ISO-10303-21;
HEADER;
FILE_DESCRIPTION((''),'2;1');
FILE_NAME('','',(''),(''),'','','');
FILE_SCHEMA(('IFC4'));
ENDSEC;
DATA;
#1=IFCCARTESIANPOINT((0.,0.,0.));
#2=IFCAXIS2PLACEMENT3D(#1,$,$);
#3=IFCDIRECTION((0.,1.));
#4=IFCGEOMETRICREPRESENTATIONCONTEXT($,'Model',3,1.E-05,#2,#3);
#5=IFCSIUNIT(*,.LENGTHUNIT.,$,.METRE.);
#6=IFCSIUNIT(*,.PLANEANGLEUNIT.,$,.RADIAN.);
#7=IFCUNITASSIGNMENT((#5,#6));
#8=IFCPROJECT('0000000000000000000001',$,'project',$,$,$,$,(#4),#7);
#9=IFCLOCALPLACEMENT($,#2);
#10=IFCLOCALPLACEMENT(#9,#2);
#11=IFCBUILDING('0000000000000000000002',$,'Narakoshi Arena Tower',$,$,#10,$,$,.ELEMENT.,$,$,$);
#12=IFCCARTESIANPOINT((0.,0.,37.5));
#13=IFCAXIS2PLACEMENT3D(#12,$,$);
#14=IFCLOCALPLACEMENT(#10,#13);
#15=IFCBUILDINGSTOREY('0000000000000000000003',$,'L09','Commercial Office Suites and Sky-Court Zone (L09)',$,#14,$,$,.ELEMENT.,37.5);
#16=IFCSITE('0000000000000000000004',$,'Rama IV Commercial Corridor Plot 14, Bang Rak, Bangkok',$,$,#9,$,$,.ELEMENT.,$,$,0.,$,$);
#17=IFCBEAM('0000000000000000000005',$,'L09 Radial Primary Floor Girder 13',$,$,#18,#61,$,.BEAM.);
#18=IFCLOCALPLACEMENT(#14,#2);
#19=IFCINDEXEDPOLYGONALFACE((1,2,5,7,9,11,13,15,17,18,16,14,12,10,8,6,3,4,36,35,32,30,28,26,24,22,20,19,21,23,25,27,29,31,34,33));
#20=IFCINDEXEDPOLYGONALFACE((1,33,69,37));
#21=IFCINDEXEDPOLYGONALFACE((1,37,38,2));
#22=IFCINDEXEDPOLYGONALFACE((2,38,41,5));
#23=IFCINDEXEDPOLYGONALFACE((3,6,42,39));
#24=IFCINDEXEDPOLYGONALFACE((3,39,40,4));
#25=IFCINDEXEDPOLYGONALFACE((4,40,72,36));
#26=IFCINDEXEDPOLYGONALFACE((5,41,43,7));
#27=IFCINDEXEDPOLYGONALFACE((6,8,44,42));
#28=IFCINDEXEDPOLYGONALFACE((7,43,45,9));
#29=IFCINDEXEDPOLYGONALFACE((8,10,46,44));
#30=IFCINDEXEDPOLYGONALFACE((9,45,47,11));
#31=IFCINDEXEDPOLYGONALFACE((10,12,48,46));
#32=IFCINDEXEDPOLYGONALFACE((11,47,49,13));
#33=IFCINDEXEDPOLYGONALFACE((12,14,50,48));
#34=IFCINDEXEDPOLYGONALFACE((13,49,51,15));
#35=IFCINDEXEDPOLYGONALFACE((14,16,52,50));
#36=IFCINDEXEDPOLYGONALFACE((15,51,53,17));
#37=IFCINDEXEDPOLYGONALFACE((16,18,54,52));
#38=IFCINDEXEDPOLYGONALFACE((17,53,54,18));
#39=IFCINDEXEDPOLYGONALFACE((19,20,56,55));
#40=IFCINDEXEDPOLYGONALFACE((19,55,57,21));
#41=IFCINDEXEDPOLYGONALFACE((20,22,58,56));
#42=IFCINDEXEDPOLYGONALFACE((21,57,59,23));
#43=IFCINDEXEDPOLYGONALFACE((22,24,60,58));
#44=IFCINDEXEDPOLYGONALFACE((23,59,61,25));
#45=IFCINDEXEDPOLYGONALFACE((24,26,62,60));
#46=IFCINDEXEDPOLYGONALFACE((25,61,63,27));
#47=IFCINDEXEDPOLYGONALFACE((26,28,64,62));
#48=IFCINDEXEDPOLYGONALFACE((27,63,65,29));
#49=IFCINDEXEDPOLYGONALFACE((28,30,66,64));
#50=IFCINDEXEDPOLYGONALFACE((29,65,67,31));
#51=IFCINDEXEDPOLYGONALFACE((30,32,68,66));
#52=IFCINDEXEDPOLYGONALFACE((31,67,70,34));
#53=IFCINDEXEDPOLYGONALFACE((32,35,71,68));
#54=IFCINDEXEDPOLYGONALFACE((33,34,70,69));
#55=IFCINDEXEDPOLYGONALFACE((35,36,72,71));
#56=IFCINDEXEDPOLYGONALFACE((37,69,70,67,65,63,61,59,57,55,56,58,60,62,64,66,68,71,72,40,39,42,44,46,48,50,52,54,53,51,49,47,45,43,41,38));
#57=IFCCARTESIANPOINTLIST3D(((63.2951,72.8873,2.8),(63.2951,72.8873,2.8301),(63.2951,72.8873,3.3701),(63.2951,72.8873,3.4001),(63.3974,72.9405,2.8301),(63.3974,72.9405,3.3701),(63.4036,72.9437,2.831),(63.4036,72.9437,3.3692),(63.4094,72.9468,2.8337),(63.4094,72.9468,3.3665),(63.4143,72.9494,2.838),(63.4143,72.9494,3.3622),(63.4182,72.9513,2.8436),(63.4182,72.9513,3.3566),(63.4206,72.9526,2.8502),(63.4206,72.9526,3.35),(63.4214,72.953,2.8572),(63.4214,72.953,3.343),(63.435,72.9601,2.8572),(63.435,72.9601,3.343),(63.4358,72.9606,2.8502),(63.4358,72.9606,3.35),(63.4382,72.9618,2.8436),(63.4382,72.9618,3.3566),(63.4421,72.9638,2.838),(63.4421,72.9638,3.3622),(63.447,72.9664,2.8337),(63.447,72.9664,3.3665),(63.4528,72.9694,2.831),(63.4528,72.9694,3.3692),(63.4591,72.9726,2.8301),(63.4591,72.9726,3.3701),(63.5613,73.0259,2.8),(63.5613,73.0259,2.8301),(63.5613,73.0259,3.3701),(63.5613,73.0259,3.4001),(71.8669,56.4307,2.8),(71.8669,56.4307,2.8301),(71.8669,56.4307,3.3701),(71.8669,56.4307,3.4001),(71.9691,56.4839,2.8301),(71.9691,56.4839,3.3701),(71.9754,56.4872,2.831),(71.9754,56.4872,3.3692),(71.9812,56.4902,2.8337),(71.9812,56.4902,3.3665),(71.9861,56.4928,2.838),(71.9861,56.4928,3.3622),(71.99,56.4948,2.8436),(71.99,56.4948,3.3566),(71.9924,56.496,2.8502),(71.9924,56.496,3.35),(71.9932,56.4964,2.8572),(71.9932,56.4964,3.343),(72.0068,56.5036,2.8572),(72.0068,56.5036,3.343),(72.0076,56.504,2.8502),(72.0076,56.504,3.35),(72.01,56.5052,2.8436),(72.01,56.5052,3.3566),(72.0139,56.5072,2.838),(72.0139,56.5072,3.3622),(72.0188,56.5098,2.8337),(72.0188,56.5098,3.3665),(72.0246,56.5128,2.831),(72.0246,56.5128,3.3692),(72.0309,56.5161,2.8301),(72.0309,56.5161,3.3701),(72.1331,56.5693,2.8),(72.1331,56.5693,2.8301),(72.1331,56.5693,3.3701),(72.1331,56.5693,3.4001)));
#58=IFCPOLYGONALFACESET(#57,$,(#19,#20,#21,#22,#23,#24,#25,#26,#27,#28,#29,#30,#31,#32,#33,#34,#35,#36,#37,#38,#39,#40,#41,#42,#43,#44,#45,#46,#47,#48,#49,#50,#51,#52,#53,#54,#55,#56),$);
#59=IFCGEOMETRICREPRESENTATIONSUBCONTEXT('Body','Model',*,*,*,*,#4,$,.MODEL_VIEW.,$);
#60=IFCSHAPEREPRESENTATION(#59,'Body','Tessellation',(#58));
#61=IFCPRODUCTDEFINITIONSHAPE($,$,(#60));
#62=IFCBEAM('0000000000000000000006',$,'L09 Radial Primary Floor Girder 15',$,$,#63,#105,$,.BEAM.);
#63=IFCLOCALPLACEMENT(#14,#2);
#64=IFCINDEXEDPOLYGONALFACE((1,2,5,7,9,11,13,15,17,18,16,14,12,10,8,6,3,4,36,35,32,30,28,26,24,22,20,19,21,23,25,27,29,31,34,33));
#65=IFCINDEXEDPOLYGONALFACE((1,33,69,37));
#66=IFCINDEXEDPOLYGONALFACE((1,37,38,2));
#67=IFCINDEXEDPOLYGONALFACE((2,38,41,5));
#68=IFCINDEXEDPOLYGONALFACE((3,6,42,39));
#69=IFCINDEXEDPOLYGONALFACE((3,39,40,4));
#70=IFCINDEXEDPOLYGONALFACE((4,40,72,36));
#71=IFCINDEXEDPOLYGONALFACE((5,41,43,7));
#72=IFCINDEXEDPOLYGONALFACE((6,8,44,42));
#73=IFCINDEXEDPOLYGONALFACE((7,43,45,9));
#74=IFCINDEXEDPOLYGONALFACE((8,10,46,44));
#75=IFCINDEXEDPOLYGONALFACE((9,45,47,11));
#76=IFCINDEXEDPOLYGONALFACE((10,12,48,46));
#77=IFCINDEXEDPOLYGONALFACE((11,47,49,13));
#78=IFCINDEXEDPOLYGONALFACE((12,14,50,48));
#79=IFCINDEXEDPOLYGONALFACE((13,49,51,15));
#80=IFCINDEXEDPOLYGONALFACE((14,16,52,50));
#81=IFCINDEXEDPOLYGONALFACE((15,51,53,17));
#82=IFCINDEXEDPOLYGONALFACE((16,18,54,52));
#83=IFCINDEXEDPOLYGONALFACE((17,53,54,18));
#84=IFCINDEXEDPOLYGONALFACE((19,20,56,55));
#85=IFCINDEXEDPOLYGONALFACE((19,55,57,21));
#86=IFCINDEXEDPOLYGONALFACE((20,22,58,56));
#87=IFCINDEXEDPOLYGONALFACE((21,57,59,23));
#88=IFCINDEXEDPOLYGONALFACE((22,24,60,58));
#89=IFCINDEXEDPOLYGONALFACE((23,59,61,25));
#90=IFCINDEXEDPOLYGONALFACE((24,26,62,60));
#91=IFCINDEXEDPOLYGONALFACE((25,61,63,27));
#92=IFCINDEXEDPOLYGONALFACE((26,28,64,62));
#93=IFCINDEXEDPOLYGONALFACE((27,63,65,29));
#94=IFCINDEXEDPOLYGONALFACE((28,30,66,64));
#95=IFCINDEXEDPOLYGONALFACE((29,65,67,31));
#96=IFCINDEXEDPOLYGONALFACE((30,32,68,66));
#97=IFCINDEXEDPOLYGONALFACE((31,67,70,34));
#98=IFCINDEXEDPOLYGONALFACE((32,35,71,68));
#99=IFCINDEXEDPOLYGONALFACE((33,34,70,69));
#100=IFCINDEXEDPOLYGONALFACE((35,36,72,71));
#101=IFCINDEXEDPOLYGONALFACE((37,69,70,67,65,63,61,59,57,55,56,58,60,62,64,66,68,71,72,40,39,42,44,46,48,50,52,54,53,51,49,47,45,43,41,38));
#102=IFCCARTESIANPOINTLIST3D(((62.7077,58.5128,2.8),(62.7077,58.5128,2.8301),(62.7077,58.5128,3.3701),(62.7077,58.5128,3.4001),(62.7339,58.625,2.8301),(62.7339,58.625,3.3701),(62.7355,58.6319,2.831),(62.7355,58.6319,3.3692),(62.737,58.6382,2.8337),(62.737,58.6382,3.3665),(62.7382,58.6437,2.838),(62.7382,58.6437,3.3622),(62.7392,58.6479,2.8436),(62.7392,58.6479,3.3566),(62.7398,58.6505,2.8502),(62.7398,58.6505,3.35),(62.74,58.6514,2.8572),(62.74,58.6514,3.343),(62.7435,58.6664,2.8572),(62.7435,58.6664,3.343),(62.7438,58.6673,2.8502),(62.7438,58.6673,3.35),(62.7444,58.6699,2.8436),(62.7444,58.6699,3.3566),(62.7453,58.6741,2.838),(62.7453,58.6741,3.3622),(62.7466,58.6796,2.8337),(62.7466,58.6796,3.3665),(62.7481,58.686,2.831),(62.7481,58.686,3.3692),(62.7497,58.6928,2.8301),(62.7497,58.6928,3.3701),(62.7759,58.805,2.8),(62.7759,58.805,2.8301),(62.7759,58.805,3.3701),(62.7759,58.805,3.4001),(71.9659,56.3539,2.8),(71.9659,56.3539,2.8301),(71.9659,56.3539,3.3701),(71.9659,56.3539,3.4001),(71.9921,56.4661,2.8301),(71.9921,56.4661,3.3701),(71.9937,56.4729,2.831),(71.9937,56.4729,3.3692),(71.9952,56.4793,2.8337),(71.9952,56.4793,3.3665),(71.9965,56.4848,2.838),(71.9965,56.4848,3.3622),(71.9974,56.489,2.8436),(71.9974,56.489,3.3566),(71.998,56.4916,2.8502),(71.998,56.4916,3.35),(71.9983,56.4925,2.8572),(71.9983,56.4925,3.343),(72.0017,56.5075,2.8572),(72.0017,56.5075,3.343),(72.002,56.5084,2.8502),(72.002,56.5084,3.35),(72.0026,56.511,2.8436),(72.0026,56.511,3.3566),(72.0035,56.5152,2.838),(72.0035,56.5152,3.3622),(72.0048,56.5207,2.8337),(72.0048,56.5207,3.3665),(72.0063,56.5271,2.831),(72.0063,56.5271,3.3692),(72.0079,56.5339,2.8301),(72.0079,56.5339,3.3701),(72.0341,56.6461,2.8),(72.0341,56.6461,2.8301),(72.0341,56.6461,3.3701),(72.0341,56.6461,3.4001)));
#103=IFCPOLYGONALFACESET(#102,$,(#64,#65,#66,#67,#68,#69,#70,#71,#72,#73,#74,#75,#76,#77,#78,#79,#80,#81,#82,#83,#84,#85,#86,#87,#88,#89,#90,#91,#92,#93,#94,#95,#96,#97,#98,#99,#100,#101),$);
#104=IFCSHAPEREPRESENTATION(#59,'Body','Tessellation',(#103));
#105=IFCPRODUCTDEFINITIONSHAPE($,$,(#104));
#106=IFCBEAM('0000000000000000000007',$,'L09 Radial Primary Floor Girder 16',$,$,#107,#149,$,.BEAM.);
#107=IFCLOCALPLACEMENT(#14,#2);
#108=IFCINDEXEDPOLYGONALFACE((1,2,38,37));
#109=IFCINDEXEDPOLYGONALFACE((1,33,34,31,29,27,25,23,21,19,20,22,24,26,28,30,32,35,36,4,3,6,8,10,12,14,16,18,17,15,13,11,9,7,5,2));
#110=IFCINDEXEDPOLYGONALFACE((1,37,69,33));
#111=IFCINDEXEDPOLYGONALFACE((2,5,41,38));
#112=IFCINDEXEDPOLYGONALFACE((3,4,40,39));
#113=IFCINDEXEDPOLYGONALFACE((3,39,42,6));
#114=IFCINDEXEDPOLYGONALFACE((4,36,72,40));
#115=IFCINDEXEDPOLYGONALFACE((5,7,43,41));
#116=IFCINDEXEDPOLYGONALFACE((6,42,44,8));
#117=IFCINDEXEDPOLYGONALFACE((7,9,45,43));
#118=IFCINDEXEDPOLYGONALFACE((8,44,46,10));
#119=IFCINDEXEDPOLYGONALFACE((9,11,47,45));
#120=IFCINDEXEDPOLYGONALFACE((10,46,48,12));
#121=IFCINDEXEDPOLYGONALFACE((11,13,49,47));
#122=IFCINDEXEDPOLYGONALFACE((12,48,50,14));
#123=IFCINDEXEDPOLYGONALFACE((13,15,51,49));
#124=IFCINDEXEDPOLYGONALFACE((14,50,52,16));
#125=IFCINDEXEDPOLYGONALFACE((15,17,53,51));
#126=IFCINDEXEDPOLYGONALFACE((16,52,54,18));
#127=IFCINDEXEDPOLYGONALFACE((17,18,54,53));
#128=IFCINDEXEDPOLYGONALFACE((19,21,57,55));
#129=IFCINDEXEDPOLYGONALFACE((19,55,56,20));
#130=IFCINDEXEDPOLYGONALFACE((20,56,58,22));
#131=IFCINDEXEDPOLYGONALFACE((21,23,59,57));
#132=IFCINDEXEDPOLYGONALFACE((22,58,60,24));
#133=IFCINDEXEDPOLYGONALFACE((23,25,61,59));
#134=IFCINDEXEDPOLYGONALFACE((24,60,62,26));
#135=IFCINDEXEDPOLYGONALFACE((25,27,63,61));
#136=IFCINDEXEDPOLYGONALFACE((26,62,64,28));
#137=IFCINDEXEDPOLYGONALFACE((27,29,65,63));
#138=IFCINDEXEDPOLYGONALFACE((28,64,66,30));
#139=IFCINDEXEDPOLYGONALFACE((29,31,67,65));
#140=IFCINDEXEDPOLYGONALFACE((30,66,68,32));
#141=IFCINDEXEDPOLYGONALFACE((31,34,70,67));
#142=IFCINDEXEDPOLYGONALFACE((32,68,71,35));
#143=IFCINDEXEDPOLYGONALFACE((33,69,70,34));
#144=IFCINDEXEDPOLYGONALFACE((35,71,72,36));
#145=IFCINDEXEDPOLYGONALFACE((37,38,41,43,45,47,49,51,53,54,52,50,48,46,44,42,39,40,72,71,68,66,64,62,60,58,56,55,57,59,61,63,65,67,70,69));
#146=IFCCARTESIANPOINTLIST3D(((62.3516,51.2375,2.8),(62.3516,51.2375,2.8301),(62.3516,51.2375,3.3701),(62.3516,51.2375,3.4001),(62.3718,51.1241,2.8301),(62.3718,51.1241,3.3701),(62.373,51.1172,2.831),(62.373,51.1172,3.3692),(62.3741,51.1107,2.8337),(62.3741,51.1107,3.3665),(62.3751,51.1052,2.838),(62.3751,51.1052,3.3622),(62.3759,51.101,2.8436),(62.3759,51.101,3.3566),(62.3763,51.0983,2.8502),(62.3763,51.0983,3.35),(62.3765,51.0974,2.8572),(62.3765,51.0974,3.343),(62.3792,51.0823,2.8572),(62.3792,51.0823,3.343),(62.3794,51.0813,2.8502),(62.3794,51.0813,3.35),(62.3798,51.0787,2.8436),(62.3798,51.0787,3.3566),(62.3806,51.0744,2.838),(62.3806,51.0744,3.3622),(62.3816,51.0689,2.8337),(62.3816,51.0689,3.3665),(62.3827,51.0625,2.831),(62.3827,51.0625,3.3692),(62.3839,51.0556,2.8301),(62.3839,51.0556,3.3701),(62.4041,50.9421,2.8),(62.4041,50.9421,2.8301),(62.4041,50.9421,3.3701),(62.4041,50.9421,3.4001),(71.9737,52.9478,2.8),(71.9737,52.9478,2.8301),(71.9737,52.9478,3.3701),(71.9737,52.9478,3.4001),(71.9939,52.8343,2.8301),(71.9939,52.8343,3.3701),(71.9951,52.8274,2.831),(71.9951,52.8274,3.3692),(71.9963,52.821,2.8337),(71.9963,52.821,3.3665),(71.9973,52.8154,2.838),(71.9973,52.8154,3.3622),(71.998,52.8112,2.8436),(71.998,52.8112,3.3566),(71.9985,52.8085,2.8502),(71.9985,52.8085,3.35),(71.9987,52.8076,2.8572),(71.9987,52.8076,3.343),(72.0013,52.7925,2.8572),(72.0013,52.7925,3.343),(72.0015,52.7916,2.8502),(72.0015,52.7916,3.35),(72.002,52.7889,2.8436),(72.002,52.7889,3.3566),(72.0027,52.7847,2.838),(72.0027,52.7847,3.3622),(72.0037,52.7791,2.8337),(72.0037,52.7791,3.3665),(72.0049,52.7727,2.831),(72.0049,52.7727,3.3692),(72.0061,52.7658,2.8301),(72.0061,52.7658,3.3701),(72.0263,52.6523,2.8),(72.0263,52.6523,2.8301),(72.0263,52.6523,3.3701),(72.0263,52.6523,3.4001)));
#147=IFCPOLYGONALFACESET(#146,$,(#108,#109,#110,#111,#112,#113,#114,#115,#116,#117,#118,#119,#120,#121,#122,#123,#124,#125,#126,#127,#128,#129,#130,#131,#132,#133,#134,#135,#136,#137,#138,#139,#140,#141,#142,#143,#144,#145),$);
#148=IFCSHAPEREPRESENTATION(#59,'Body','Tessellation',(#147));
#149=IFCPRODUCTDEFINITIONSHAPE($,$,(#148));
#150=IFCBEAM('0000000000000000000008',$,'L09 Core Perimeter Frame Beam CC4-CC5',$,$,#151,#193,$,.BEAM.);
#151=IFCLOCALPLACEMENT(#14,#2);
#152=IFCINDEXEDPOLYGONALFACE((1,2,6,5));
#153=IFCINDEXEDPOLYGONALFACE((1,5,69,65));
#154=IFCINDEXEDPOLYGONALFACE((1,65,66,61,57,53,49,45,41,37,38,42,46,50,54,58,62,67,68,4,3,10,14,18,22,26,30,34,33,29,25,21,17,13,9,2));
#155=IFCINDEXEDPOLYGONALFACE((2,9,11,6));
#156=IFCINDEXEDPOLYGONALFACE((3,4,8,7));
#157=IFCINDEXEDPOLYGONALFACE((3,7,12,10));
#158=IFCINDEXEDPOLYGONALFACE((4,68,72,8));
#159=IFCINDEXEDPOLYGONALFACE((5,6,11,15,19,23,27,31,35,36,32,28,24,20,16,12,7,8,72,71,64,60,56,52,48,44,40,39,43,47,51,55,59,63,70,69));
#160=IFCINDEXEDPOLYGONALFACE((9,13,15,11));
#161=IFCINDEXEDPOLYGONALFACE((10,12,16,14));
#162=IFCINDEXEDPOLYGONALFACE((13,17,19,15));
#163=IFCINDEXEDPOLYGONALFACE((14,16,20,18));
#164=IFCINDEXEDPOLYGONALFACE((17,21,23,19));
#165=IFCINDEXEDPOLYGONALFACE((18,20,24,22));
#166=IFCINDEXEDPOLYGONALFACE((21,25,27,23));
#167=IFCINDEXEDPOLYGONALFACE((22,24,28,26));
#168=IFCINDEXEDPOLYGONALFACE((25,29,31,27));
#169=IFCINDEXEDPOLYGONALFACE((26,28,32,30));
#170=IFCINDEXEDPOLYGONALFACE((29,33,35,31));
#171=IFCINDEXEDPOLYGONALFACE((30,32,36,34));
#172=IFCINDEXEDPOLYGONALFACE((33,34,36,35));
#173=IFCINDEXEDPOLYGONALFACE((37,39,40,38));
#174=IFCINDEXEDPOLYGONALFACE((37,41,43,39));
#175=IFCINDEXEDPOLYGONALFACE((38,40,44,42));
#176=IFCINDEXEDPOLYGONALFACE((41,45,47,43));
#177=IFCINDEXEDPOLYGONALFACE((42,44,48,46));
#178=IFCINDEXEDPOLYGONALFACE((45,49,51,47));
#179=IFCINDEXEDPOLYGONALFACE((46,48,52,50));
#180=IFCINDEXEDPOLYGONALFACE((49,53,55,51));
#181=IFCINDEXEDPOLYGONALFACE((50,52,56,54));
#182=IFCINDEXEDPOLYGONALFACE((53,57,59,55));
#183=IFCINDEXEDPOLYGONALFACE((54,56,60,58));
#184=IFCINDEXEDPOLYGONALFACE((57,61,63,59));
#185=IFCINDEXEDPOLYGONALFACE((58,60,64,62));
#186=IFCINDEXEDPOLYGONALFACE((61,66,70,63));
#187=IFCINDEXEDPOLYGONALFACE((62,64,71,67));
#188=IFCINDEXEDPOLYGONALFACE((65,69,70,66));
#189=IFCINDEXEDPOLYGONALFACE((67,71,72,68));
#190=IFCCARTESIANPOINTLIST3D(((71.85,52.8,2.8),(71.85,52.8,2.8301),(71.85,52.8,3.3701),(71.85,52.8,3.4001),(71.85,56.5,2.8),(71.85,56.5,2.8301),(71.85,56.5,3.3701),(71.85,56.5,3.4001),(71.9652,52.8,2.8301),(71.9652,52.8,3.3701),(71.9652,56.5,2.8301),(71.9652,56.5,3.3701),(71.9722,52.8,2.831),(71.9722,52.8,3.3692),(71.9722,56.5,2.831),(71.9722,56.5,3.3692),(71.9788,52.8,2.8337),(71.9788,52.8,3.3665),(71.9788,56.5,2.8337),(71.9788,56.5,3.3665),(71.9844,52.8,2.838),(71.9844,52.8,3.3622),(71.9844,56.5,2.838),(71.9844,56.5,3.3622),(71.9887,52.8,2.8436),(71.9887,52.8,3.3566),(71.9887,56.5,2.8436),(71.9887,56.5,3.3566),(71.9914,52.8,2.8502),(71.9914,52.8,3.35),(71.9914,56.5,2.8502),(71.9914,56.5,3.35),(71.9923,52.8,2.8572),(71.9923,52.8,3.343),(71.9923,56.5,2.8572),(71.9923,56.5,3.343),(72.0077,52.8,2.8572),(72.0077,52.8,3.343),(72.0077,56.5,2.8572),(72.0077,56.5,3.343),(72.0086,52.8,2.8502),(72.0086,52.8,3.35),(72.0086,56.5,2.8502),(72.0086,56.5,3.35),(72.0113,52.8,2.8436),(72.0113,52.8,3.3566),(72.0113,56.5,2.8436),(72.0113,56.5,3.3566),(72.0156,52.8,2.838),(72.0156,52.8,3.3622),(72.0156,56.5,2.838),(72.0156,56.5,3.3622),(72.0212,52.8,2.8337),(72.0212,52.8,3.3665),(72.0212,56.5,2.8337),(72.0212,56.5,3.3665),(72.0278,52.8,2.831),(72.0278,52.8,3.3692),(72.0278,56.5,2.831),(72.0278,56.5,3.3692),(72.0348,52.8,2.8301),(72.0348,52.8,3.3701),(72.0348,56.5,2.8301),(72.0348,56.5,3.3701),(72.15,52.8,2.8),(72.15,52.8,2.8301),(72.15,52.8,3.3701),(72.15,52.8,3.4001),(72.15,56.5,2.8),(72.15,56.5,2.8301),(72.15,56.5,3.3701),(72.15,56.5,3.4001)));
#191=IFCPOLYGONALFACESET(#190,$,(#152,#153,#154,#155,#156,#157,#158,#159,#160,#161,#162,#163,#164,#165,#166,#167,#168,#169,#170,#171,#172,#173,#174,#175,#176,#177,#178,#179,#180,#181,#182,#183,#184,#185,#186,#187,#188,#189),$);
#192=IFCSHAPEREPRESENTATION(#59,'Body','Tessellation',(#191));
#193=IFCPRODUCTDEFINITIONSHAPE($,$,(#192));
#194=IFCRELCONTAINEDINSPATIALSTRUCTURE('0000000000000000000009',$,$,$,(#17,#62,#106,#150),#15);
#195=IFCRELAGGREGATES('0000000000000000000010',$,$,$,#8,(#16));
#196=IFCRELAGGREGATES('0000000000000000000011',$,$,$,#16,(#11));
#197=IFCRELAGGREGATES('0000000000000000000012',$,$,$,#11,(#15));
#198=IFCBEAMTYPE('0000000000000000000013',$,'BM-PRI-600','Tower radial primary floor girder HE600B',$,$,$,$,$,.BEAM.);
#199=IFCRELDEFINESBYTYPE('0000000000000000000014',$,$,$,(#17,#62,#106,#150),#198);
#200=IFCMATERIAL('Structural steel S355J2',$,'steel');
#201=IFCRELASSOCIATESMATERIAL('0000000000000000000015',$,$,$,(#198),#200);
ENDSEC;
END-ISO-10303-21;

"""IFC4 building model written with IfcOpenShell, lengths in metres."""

from ifc_helpers import new_model, si_unit, direction, frame, origin, origin_2d, place, context, subcontext, project, spatial, i_section, extrude, material, material_profile, profile_set, type_object, element, save


model = new_model("IFC4")

# Units and contexts
model_context = context("Model", 3, precision=1e-05, world=origin(), true_north=direction((0.0, 1.0)))
body_context = subcontext(model_context, "Body", "Model", "MODEL_VIEW")
ifc_project = project(units=[si_unit("LENGTHUNIT", "METRE"), si_unit("PLANEANGLEUNIT", "RADIAN")], contexts=[model_context])

# Site, building, storey
site_placement = place(None, origin())
site = spatial("IfcSite", under=ifc_project, at=site_placement, Name="Rama IV Commercial Corridor Plot 14, Bang Rak, Bangkok", CompositionType="ELEMENT", RefElevation=0.0)
building_placement = place(site_placement, origin())
building = spatial("IfcBuilding", under=site, at=building_placement, Name="Narakoshi Arena Tower", CompositionType="ELEMENT")
storey_placement = place(building_placement, frame((0.0, 0.0, 37.5)))
storey = spatial("IfcBuildingStorey", under=building, at=storey_placement, Name="L09", Description="Commercial Office Suites and Sky-Court Zone (L09)", CompositionType="ELEMENT", Elevation=37.5)

# Beams
ifc_material_1 = material(Name="Structural steel S355J2", Category="steel")
ifc_material_profile_1 = material_profile(ifc_material_1, i_section(OverallWidth=0.3, OverallDepth=0.6001, WebThickness=0.0154, FlangeThickness=0.03, FilletRadius=0.0271, at=origin_2d()), Name="HE600B")
ifc_profile_set_1 = profile_set([ifc_material_profile_1], Name="Structural steel S355J2")
beam_type_1 = type_object("IfcBeamType", Name="BM-PRI-600", Description="Tower radial primary floor girder HE600B", PredefinedType="BEAM", material=ifc_profile_set_1)
beam_1_placement = place(storey_placement, frame((72.0, 56.5, 3.1001), z_axis=(-0.461962, 0.886899, 0.0), x_axis=(-0.886899, -0.461962, 0.0)))
element("IfcBeam", 1, at=beam_1_placement, inside=storey, type_object=beam_type_1, Name="L09 Radial Primary Floor Girder 13", PredefinedType="BEAM", context=body_context, shape_type="SweptSolid", body=[
    extrude(i_section(OverallWidth=0.3, OverallDepth=0.6001, WebThickness=0.0154, FlangeThickness=0.03, FilletRadius=0.0271, at=origin_2d()), origin(), (0.0, 0.0, 1.0), 18.5552),
])
beam_2_placement = place(storey_placement, frame((72.0, 56.5, 3.1001), z_axis=(-0.973872, 0.227096, 0.0), x_axis=(-0.227096, -0.973872, 0.0)))
element("IfcBeam", 2, at=beam_2_placement, inside=storey, type_object=beam_type_1, Name="L09 Radial Primary Floor Girder 15", PredefinedType="BEAM", context=body_context, shape_type="SweptSolid", body=[
    extrude(i_section(OverallWidth=0.3, OverallDepth=0.6001, WebThickness=0.0154, FlangeThickness=0.03, FilletRadius=0.0271, at=origin_2d()), origin(), (0.0, 0.0, 1.0), 9.5066),
])
beam_3_placement = place(storey_placement, frame((72.0, 52.8, 3.1001), z_axis=(-0.984569, -0.174995, 0.0), x_axis=(0.174995, -0.984569, 0.0)))
element("IfcBeam", 3, at=beam_3_placement, inside=storey, type_object=beam_type_1, Name="L09 Radial Primary Floor Girder 16", PredefinedType="BEAM", context=body_context, shape_type="SweptSolid", body=[
    extrude(i_section(OverallWidth=0.3, OverallDepth=0.6001, WebThickness=0.0154, FlangeThickness=0.03, FilletRadius=0.0271, at=origin_2d()), origin(), (0.0, 0.0, 1.0), 9.7729),
])
beam_4_placement = place(storey_placement, frame((72.0, 52.8, 3.1001), z_axis=(0.0, 1.0, 0.0), x_axis=(-1.0, 0.0, 0.0)))
element("IfcBeam", 4, at=beam_4_placement, inside=storey, type_object=beam_type_1, Name="L09 Core Perimeter Frame Beam CC4-CC5", PredefinedType="BEAM", context=body_context, shape_type="SweptSolid", body=[
    extrude(i_section(OverallWidth=0.3, OverallDepth=0.6001, WebThickness=0.0154, FlangeThickness=0.03, FilletRadius=0.0271, at=origin_2d()), origin(), (0.0, 0.0, 1.0), 3.7),
])

save(model, "model.ifc")
